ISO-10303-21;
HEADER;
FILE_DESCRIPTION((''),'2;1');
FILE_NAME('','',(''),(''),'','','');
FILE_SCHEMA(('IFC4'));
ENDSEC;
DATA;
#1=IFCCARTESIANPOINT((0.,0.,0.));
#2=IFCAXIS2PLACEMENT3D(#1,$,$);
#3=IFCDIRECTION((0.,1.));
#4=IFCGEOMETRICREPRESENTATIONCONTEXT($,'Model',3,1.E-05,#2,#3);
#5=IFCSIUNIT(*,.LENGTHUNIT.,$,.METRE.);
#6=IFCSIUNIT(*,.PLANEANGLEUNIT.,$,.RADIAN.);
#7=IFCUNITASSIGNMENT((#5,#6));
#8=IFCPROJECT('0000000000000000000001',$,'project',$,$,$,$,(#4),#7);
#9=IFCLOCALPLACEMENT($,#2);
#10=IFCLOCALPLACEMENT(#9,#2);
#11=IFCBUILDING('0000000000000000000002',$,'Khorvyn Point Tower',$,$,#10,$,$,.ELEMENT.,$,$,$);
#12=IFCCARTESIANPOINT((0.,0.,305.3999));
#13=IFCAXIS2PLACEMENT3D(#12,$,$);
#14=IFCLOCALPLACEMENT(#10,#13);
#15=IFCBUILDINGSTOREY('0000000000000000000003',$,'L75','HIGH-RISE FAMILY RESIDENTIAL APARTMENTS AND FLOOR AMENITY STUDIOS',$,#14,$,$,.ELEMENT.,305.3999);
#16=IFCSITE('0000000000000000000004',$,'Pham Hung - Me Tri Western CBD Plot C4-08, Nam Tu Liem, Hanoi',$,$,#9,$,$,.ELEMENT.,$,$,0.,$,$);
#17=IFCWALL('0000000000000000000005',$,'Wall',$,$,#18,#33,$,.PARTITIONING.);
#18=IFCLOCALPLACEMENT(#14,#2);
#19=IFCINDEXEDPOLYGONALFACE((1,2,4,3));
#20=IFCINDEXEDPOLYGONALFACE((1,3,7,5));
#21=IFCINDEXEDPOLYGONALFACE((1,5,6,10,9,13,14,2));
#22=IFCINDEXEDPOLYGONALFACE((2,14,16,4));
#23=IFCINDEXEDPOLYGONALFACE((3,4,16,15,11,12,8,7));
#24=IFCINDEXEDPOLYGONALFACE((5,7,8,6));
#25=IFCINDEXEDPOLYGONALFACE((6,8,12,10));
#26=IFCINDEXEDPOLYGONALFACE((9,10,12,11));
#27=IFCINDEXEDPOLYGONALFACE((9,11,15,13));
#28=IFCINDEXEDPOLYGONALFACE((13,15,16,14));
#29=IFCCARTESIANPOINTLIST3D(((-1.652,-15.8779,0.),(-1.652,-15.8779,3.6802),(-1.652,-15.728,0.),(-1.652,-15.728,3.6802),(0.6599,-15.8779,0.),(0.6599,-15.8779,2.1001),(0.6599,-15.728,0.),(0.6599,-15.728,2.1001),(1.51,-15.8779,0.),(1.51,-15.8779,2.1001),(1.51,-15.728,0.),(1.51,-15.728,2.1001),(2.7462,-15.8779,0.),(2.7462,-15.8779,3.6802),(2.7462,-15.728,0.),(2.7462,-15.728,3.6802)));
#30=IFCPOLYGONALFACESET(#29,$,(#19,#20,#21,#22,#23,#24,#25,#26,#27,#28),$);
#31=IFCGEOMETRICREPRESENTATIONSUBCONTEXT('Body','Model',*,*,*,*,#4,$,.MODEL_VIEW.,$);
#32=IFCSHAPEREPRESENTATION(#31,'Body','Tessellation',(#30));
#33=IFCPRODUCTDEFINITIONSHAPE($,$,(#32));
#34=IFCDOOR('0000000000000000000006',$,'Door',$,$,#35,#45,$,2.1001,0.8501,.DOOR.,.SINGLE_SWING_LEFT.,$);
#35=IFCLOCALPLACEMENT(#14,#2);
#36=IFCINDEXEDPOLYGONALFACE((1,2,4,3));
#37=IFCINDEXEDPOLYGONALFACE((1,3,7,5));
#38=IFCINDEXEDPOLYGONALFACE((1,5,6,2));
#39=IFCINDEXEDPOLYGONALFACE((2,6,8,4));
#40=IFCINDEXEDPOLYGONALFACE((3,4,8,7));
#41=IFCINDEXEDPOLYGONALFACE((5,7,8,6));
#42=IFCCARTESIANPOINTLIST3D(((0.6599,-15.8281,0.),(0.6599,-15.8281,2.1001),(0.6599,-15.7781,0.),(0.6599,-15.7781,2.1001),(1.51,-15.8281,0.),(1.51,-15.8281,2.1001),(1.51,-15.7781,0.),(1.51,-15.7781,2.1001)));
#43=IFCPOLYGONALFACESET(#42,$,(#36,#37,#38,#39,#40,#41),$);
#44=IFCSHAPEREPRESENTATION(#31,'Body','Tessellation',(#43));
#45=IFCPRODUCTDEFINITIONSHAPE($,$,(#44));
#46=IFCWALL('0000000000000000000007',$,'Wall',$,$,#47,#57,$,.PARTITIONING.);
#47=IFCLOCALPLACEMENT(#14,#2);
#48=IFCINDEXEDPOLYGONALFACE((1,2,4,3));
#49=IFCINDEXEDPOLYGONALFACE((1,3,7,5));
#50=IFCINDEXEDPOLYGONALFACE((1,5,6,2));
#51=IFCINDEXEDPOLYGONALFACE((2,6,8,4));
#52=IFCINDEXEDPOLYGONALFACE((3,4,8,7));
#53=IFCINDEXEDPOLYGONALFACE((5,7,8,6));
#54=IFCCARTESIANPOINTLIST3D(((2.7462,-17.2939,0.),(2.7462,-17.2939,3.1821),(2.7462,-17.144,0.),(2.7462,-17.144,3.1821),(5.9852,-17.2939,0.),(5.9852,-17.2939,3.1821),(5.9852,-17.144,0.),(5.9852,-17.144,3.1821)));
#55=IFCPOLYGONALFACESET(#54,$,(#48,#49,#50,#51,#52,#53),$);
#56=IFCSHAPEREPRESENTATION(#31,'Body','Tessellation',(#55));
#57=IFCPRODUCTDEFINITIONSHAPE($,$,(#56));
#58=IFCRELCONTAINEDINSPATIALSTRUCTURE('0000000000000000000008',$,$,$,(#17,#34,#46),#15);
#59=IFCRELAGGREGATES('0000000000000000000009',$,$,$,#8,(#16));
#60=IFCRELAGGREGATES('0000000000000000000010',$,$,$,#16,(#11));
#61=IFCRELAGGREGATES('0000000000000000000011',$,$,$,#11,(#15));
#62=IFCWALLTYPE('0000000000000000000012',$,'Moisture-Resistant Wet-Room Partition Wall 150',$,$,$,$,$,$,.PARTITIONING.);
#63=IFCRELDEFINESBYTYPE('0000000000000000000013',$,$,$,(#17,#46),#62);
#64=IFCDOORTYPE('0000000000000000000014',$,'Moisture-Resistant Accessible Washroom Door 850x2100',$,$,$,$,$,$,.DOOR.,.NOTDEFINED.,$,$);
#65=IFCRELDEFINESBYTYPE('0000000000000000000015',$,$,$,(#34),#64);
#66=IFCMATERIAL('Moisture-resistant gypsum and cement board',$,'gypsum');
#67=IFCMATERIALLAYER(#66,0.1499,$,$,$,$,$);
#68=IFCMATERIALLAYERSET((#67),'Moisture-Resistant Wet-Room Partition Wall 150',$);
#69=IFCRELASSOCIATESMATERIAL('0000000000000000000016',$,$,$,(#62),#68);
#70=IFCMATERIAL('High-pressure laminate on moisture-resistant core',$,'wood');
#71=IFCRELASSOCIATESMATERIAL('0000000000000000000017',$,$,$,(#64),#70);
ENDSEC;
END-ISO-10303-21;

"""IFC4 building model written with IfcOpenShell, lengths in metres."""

from ifc_helpers import new_model, si_unit, direction, frame, frame_2d, origin, place, context, subcontext, project, spatial, rectangle, extrude, material, layer, layer_set, type_object, element, fill, save


model = new_model("IFC4")

# Units and contexts
model_context = context("Model", 3, precision=1e-05, world=origin(), true_north=direction((0.0, 1.0)))
body_context = subcontext(model_context, "Body", "Model", "MODEL_VIEW")
ifc_project = project(units=[si_unit("LENGTHUNIT", "METRE"), si_unit("PLANEANGLEUNIT", "RADIAN")], contexts=[model_context])

# Site, building, storey
site_placement = place(None, origin())
site = spatial("IfcSite", under=ifc_project, at=site_placement, Name="Pham Hung - Me Tri Western CBD Plot C4-08, Nam Tu Liem, Hanoi", CompositionType="ELEMENT", RefElevation=0.0)
building_placement = place(site_placement, origin())
building = spatial("IfcBuilding", under=site, at=building_placement, Name="Khorvyn Point Tower", CompositionType="ELEMENT")
storey_placement = place(building_placement, frame((0.0, 0.0, 305.3999)))
storey = spatial("IfcBuildingStorey", under=building, at=storey_placement, Name="L75", Description="HIGH-RISE FAMILY RESIDENTIAL APARTMENTS AND FLOOR AMENITY STUDIOS", CompositionType="ELEMENT", Elevation=305.3999)

# Wall, opening, door
ifc_material_1 = material(Name="Moisture-resistant gypsum and cement board", Category="gypsum")
ifc_layer_1 = layer(ifc_material_1, 0.1499)
ifc_layer_set_1 = layer_set([ifc_layer_1], Name="Moisture-Resistant Wet-Room Partition Wall 150")
wall_type_1 = type_object("IfcWallType", Name="Moisture-Resistant Wet-Room Partition Wall 150", PredefinedType="PARTITIONING", material=ifc_layer_set_1)
ifc_material_2 = material(Name="High-pressure laminate on moisture-resistant core", Category="wood")
door_type_1 = type_object("IfcDoorType", Name="Moisture-Resistant Accessible Washroom Door 850x2100", OperationType="NOTDEFINED", PredefinedType="DOOR", material=ifc_material_2)
wall_1_placement = place(storey_placement, frame((-1.6521, -15.803, 0.0), z_axis=(0.0, 0.0, 1.0), x_axis=(1.0, 0.0, 0.0)))
wall_1 = element("IfcWall", 1, at=wall_1_placement, inside=storey, type_object=wall_type_1, Name="Wall", PredefinedType="PARTITIONING", context=body_context, shape_type="SweptSolid", body=[
    extrude(rectangle(XDim=4.3982, YDim=0.1499, at=frame_2d((2.1992, 0.0))), origin(), (0.0, 0.0, 1.0), 3.6802),
])
opening_1_placement = place(wall_1_placement, frame((2.312, 0.0, 0.0)))
opening_1 = element("IfcOpeningElement", 2, at=opening_1_placement, cuts=wall_1, PredefinedType="OPENING", context=body_context, shape_type="SweptSolid", body=[
    extrude(rectangle(XDim=0.8501, YDim=2.1001, at=frame_2d((0.425, 1.05))), frame((0.0, 0.085, 0.0), z_axis=(0.0, -1.0, 0.0), x_axis=(1.0, 0.0, 0.0)), (0.0, 0.0, 1.0), 0.1699),
])
door_1_placement = place(opening_1_placement, origin())
door_1 = element("IfcDoor", 3, at=door_1_placement, inside=storey, type_object=door_type_1, Name="Door", OperationType="SINGLE_SWING_LEFT", OverallHeight=2.1001, OverallWidth=0.8501, PredefinedType="DOOR", context=body_context, shape_type="SweptSolid", body=[
    extrude(rectangle(XDim=0.8501, YDim=2.1001, at=frame_2d((0.425, 1.05))), frame((0.0, 0.0249, 0.0), z_axis=(0.0, -1.0, 0.0), x_axis=(1.0, 0.0, 0.0)), (0.0, 0.0, 1.0), 0.05),
])
fill(opening_1, door_1)

# Wall
wall_2_placement = place(storey_placement, frame((2.7461, -17.219, 0.0), z_axis=(0.0, 0.0, 1.0), x_axis=(1.0, 0.0, 0.0)))
element("IfcWall", 4, at=wall_2_placement, inside=storey, type_object=wall_type_1, Name="Wall", PredefinedType="PARTITIONING", context=body_context, shape_type="SweptSolid", body=[
    extrude(rectangle(XDim=3.239, YDim=0.1499, at=frame_2d((1.6196, 0.0))), origin(), (0.0, 0.0, 1.0), 3.1821),
])

save(model, "model.ifc")
